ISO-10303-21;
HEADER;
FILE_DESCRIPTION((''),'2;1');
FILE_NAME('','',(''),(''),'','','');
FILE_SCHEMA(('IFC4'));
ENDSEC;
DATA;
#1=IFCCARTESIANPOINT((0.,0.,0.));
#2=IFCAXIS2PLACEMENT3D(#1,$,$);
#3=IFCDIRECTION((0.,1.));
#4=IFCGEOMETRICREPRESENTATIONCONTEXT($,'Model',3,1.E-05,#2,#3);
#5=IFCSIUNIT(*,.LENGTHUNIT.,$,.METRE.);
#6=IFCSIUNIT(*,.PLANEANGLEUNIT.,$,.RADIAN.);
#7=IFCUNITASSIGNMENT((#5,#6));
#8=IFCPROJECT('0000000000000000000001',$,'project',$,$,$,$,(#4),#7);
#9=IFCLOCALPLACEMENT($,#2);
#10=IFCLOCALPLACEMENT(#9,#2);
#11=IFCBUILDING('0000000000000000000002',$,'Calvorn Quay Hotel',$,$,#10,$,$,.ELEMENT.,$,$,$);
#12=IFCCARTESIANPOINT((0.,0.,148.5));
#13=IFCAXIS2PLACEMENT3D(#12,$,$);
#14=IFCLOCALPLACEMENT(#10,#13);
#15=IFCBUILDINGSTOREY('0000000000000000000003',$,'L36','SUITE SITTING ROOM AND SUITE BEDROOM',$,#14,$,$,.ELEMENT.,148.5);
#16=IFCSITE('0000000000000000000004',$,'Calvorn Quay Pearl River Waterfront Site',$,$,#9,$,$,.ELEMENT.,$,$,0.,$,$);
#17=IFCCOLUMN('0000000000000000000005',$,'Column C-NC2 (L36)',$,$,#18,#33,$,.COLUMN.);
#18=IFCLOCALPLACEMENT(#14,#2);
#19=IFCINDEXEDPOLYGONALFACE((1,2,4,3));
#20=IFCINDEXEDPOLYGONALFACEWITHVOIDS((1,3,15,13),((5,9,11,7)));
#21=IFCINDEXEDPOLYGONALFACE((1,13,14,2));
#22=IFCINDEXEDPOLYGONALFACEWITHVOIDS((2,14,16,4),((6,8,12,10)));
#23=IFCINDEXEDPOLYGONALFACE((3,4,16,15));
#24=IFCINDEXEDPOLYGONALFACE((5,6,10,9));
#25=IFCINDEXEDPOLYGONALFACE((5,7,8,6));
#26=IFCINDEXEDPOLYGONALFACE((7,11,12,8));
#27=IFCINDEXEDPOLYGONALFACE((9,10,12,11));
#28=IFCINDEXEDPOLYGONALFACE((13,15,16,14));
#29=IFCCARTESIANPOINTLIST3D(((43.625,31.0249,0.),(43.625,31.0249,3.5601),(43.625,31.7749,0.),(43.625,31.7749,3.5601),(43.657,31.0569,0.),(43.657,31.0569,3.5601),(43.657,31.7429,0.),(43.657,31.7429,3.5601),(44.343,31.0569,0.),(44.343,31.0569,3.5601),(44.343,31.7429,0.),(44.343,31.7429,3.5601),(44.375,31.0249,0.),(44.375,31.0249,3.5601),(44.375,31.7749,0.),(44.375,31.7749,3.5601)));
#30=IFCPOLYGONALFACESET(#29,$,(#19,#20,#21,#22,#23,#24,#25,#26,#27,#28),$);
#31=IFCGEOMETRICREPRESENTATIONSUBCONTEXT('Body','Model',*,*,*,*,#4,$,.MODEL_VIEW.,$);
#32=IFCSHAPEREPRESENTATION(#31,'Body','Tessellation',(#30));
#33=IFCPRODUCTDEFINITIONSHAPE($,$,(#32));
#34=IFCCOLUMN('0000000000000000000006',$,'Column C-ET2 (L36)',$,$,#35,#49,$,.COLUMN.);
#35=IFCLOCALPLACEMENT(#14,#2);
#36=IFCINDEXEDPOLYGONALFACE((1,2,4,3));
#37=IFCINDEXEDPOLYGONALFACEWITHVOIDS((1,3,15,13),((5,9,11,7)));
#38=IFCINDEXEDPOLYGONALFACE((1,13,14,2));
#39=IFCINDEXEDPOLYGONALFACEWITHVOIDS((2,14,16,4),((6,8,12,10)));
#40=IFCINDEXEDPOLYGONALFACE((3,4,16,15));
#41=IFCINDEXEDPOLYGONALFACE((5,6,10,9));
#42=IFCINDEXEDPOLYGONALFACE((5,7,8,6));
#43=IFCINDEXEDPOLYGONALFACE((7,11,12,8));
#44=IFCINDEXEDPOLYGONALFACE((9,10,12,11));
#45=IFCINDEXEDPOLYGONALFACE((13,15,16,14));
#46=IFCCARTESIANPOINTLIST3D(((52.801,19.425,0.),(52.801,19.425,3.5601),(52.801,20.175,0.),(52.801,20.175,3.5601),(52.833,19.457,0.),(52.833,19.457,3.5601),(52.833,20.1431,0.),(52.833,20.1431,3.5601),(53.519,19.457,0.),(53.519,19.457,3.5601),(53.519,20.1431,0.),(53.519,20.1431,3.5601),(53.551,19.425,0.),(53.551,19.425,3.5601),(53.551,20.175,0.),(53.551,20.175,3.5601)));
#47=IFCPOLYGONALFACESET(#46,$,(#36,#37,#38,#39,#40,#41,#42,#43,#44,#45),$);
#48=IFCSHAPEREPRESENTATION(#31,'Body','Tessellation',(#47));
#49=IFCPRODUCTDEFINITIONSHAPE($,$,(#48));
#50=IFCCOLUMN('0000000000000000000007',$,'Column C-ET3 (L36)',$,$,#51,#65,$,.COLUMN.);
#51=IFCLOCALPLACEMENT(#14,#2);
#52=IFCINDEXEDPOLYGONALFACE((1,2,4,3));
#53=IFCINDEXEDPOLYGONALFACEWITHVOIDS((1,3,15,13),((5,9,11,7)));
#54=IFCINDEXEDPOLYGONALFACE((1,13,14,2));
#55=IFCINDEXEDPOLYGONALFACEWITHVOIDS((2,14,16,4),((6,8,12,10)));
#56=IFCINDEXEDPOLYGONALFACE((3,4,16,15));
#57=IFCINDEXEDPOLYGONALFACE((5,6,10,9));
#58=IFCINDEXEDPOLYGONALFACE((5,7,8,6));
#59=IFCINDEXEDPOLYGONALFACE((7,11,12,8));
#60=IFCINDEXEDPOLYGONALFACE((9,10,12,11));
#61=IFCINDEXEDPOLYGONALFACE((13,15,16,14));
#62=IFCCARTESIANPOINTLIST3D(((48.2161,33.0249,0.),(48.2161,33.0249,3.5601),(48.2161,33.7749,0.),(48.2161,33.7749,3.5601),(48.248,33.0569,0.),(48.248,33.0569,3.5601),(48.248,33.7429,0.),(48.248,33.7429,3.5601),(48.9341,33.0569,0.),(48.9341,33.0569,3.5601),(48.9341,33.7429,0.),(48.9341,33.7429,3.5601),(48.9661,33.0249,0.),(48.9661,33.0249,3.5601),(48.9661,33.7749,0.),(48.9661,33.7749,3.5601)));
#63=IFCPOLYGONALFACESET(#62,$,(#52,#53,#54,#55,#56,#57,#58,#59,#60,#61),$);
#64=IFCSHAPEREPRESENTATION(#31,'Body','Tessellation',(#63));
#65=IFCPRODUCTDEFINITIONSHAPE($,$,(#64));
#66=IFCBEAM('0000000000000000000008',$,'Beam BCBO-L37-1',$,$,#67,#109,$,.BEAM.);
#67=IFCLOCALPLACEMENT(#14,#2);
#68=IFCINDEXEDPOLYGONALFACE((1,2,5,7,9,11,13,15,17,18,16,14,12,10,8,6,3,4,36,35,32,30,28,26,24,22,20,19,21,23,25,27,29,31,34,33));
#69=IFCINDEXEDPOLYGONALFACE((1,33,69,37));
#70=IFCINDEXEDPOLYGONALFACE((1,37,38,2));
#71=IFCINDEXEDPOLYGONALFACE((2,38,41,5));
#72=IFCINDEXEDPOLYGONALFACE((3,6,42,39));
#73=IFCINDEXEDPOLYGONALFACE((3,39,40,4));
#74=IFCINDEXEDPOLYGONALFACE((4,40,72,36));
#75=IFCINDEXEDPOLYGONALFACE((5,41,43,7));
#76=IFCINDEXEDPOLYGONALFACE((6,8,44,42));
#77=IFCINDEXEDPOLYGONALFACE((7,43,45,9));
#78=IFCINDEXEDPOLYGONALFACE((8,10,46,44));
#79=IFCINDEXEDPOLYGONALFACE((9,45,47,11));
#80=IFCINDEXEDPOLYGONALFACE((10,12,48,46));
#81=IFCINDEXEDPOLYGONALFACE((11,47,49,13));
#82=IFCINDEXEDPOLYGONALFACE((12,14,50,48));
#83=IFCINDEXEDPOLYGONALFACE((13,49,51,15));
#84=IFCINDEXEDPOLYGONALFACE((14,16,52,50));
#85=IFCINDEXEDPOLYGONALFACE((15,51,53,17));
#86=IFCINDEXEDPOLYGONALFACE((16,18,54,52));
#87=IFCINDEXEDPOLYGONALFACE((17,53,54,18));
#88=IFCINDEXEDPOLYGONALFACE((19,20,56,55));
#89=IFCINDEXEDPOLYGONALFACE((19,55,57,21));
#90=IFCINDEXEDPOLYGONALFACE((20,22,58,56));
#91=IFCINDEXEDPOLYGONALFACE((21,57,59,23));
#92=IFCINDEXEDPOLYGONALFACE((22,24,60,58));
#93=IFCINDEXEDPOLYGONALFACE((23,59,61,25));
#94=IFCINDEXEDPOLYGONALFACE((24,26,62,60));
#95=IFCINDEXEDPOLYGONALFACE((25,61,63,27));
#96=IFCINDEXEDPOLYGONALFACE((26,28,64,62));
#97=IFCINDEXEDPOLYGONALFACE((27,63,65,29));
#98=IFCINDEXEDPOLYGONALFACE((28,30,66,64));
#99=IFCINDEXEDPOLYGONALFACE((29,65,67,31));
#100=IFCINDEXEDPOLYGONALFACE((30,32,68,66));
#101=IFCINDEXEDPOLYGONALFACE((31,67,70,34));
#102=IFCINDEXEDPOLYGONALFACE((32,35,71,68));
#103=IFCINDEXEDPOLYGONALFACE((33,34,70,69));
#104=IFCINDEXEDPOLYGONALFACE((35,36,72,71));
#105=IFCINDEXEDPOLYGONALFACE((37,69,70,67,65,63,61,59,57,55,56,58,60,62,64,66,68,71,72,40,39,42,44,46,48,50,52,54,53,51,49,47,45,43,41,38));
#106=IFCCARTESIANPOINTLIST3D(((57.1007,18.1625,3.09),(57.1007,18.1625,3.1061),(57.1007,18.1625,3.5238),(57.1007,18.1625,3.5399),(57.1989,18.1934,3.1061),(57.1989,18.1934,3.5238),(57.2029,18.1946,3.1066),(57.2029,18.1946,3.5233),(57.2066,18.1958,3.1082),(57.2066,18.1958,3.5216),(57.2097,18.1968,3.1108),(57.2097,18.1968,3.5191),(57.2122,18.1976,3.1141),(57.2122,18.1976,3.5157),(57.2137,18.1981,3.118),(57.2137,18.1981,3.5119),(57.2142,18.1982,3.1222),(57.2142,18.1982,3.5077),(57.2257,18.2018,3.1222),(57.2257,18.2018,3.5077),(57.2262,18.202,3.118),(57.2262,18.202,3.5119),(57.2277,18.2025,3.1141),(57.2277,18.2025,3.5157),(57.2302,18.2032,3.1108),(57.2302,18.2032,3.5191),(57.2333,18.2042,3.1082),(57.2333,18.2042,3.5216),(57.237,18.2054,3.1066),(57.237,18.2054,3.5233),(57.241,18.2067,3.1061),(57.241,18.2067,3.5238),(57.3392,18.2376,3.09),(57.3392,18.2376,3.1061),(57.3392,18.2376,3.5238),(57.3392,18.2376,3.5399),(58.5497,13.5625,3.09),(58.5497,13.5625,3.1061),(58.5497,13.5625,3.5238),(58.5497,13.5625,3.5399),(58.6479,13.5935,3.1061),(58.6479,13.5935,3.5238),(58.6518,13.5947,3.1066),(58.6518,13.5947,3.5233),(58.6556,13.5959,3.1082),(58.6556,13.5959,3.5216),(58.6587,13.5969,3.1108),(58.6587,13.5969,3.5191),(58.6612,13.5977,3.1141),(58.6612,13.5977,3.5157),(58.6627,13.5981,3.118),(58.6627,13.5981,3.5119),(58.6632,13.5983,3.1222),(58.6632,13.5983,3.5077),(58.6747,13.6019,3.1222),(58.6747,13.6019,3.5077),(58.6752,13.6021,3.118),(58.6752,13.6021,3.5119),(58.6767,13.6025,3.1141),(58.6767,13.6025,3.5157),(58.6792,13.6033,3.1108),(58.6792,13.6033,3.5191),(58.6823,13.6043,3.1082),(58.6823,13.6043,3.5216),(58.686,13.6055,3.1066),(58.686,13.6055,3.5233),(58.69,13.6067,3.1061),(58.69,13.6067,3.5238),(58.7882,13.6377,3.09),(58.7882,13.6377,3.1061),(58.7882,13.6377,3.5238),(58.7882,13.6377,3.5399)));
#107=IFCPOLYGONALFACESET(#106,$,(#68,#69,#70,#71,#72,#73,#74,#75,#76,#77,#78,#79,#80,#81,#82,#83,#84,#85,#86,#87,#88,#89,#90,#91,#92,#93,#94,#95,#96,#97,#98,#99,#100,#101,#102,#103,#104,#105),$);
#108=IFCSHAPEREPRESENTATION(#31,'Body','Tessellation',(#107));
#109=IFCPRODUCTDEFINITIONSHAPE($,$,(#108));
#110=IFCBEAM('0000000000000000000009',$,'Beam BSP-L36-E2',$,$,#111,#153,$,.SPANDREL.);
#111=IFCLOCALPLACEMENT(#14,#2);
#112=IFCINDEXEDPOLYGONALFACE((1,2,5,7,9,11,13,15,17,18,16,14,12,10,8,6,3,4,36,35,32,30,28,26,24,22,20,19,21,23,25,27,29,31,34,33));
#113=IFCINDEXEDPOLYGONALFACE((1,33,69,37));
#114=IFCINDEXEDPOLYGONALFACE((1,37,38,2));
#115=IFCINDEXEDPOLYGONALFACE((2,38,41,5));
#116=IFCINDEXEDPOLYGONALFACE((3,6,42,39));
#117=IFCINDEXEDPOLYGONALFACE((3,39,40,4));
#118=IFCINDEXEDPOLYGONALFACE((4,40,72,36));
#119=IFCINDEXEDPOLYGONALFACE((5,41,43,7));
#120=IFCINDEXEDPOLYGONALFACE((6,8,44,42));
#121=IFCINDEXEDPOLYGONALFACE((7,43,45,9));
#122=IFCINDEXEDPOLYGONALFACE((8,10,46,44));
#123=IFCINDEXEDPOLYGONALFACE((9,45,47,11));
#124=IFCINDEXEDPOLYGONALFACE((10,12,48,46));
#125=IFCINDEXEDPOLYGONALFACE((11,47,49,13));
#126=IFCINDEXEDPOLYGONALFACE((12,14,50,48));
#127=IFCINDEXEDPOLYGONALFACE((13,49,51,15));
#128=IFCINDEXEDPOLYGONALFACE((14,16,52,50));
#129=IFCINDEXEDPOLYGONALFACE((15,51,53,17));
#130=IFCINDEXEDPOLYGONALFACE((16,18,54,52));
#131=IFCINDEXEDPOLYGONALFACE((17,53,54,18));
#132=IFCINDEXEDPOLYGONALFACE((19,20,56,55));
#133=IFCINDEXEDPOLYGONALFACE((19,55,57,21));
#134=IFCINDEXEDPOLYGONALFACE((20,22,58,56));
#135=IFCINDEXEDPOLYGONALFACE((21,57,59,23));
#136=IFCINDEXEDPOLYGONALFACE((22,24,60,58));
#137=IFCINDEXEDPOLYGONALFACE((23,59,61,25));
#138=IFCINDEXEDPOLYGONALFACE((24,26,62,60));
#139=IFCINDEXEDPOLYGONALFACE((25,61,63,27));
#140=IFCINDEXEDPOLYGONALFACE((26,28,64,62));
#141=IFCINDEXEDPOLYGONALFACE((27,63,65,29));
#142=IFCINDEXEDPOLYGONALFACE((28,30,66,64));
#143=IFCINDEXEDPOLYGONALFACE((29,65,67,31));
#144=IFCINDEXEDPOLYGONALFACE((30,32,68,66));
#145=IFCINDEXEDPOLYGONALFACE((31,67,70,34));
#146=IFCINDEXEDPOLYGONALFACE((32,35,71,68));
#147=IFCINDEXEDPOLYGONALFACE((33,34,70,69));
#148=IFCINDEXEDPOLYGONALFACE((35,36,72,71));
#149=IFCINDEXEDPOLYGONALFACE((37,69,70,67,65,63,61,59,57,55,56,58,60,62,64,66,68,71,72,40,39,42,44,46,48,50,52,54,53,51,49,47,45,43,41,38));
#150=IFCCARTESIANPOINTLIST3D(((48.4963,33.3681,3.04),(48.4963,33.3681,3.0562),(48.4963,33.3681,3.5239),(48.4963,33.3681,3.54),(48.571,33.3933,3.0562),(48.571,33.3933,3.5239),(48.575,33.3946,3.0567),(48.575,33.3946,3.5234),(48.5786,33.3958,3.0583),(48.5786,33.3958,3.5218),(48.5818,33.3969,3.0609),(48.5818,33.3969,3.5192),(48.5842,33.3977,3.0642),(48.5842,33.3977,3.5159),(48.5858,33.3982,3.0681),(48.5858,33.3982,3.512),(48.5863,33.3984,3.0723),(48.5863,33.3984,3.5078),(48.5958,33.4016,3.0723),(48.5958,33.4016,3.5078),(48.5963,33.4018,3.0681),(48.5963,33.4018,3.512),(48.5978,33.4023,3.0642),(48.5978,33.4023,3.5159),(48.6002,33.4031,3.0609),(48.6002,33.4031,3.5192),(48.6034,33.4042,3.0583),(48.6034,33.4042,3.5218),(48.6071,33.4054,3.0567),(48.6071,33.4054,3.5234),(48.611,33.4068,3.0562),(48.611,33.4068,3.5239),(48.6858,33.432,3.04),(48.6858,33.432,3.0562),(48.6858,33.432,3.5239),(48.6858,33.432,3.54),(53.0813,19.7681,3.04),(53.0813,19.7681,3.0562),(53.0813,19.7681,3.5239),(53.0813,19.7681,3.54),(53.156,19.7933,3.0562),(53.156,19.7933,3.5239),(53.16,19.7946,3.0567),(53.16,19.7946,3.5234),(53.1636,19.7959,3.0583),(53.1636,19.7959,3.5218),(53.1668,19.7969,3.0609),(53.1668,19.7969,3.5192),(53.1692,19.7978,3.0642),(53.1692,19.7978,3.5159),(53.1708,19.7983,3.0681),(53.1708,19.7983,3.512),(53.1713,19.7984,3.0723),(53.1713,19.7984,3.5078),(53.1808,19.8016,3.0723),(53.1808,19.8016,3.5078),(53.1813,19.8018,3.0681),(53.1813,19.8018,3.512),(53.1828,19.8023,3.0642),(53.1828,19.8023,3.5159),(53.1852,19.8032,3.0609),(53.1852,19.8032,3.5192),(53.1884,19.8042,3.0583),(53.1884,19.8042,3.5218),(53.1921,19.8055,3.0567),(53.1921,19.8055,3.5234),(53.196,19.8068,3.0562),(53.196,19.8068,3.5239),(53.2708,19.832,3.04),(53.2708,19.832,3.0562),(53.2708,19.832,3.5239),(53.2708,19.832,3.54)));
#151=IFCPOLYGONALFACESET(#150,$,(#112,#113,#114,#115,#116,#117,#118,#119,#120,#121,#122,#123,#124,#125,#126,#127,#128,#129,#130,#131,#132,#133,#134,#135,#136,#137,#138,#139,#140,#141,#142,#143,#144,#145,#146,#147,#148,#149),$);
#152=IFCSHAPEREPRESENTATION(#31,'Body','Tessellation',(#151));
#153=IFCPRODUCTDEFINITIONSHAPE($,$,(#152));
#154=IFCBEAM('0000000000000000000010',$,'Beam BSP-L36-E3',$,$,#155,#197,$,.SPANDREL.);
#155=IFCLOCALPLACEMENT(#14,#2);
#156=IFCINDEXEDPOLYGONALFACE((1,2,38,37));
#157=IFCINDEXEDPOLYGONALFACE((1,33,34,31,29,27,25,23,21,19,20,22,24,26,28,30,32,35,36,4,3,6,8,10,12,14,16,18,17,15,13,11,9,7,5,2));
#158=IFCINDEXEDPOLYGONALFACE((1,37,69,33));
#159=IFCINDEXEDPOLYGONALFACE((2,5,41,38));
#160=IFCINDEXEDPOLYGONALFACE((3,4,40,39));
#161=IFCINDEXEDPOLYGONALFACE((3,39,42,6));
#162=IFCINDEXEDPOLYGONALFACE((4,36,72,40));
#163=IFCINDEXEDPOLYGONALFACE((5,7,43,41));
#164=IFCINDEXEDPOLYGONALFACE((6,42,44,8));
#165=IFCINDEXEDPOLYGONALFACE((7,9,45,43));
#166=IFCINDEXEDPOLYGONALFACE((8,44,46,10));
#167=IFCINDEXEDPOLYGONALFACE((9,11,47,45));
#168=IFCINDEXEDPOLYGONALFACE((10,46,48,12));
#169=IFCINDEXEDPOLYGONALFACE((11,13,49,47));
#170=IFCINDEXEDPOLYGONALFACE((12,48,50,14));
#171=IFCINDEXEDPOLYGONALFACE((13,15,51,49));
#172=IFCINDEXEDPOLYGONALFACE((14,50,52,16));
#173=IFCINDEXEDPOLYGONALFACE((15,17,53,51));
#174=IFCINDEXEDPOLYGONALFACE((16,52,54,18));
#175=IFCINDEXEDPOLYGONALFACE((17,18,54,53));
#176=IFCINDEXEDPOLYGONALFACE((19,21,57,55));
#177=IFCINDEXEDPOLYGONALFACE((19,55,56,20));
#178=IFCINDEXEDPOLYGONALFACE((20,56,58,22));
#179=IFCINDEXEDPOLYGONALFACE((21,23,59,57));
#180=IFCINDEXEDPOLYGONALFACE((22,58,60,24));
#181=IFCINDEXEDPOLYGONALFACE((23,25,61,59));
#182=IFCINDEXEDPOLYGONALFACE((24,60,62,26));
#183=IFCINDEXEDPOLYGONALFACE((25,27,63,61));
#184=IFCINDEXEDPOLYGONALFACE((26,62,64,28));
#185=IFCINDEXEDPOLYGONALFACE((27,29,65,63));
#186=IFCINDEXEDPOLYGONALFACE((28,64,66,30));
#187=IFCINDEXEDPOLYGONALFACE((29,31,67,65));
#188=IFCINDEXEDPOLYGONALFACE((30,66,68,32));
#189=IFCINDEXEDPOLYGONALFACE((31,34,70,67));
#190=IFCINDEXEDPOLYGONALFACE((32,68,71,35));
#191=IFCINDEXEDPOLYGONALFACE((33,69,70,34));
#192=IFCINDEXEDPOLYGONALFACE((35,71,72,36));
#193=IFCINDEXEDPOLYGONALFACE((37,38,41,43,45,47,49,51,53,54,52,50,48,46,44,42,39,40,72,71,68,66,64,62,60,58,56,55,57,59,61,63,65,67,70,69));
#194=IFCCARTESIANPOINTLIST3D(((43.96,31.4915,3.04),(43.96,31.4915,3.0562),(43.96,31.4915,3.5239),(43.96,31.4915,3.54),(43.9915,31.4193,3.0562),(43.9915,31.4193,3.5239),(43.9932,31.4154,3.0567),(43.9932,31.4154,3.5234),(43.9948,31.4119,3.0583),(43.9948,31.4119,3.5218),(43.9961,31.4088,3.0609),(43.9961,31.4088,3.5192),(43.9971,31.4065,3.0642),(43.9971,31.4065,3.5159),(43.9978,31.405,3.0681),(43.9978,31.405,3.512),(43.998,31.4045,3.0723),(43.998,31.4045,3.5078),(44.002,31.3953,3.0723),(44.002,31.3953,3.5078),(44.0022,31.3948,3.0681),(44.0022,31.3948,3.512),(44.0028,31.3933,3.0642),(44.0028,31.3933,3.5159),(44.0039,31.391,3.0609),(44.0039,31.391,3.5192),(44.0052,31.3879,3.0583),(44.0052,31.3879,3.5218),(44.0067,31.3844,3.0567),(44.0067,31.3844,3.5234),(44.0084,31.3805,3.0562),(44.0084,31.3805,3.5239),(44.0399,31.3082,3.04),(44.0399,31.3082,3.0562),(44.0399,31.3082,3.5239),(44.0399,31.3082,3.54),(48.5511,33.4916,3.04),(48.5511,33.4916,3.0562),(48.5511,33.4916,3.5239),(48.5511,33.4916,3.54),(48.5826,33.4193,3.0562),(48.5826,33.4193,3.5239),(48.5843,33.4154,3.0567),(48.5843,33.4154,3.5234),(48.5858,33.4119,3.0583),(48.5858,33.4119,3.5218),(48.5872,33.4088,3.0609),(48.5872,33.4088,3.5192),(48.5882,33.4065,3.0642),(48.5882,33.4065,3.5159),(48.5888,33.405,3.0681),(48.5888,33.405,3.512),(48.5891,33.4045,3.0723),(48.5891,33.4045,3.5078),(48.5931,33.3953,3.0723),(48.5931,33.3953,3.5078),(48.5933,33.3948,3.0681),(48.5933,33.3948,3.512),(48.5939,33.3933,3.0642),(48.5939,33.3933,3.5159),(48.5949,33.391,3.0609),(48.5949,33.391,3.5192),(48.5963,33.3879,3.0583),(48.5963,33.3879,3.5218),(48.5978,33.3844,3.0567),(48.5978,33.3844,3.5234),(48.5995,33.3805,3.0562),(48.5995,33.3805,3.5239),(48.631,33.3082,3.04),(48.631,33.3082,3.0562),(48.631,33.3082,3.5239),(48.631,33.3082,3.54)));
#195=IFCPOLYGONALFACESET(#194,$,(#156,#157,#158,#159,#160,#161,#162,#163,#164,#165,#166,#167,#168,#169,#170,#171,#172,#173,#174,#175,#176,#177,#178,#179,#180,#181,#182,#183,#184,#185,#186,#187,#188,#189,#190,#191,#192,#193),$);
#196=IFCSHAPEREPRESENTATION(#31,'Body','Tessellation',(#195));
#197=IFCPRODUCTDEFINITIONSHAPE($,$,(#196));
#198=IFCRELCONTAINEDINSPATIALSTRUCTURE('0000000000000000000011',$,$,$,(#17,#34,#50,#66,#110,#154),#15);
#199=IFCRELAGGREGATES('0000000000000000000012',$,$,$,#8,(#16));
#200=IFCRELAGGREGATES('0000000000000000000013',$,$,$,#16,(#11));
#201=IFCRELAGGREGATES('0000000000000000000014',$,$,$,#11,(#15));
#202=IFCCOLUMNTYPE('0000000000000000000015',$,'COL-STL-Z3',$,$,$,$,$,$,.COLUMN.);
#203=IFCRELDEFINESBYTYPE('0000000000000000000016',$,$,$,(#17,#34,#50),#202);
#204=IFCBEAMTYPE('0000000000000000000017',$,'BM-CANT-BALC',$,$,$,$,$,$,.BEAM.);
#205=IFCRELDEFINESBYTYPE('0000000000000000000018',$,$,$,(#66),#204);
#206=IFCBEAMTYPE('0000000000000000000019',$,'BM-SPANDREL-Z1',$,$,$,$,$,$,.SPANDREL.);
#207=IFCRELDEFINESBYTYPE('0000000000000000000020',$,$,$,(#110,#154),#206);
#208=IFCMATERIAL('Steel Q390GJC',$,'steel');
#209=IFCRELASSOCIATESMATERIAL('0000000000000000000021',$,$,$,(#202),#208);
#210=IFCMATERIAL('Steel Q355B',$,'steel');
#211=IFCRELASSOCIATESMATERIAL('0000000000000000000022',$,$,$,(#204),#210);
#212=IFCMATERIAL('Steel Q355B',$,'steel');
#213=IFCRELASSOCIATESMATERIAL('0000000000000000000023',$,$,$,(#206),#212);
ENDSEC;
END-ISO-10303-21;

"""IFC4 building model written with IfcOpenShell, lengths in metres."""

from ifc_helpers import new_model, si_unit, direction, frame, origin, origin_2d, place, context, subcontext, project, spatial, hollow_rectangle, i_section, extrude, material, material_profile, profile_set, type_object, element, save


model = new_model("IFC4")

# Units and contexts
model_context = context("Model", 3, precision=1e-05, world=origin(), true_north=direction((0.0, 1.0)))
body_context = subcontext(model_context, "Body", "Model", "MODEL_VIEW")
ifc_project = project(units=[si_unit("LENGTHUNIT", "METRE"), si_unit("PLANEANGLEUNIT", "RADIAN")], contexts=[model_context])

# Site, building, storey
site_placement = place(None, origin())
site = spatial("IfcSite", under=ifc_project, at=site_placement, Name="Calvorn Quay Pearl River Waterfront Site", CompositionType="ELEMENT", RefElevation=0.0)
building_placement = place(site_placement, origin())
building = spatial("IfcBuilding", under=site, at=building_placement, Name="Calvorn Quay Hotel", CompositionType="ELEMENT")
storey_placement = place(building_placement, frame((0.0, 0.0, 148.5)))
storey = spatial("IfcBuildingStorey", under=building, at=storey_placement, Name="L36", Description="SUITE SITTING ROOM AND SUITE BEDROOM", CompositionType="ELEMENT", Elevation=148.5)

# Columns
ifc_material_1 = material(Name="Steel Q390GJC", Category="steel")
ifc_material_profile_1 = material_profile(ifc_material_1, hollow_rectangle(XDim=0.75, YDim=0.75, WallThickness=0.032, at=origin_2d()), Name="BOX750x750x32")
ifc_profile_set_1 = profile_set([ifc_material_profile_1], Name="Steel Q390GJC")
column_type = type_object("IfcColumnType", Name="COL-STL-Z3", PredefinedType="COLUMN", material=ifc_profile_set_1)
for number, where, z_axis, x_axis, name in (
    (1, (44.0, 31.3999, 0.0), (0.0, 0.0, 1.0), (1.0, 0.0, 0.0), "Column C-NC2 (L36)"),
    (2, (53.176, 19.8, 0.0), (0.0, 0.0, 1.0), (1.0, 0.0, 0.0), "Column C-ET2 (L36)"),
    (3, (48.5911, 33.3999, 0.0), (0.0, 0.0, 1.0), (1.0, 0.0, 0.0), "Column C-ET3 (L36)"),
):
    element("IfcColumn", number, at=place(storey_placement, frame(where, z_axis=z_axis, x_axis=x_axis)), inside=storey, type_object=column_type, Name=name, PredefinedType="COLUMN", context=body_context, shape_type="SweptSolid", body=[
        extrude(hollow_rectangle(XDim=0.75, YDim=0.75, WallThickness=0.032, at=origin_2d()), origin(), (0.0, 0.0, 1.0), 3.5601),
    ])

# Beams
ifc_material_2 = material(Name="Steel Q355B", Category="steel")
ifc_material_profile_2 = material_profile(ifc_material_2, i_section(OverallWidth=0.25, OverallDepth=0.45, WebThickness=0.012, FlangeThickness=0.0161, FilletRadius=0.0161, at=origin_2d()), Name="HN450x250x12x16")
ifc_profile_set_2 = profile_set([ifc_material_profile_2], Name="Steel Q355B")
beam_type_1 = type_object("IfcBeamType", Name="BM-CANT-BALC", PredefinedType="BEAM", material=ifc_profile_set_2)
beam_1_placement = place(storey_placement, frame((58.6689, 13.6001, 3.3149), z_axis=(-0.30045, 0.953797, 0.0), x_axis=(-0.953797, -0.30045, 0.0)))
element("IfcBeam", 4, at=beam_1_placement, inside=storey, type_object=beam_type_1, Name="Beam BCBO-L37-1", PredefinedType="BEAM", context=body_context, shape_type="SweptSolid", body=[
    extrude(i_section(OverallWidth=0.25, OverallDepth=0.45, WebThickness=0.012, FlangeThickness=0.0161, FilletRadius=0.0161, at=origin_2d()), origin(), (0.0, 0.0, 1.0), 4.8228),
])
ifc_material_3 = material(Name="Steel Q355B", Category="steel")
ifc_material_profile_3 = material_profile(ifc_material_3, i_section(OverallWidth=0.2, OverallDepth=0.5, WebThickness=0.01, FlangeThickness=0.0161, FilletRadius=0.0161, at=origin_2d()), Name="HN500x200x10x16")
ifc_profile_set_3 = profile_set([ifc_material_profile_3], Name="Steel Q355B")
beam_type_2 = type_object("IfcBeamType", Name="BM-SPANDREL-Z1", PredefinedType="SPANDREL", material=ifc_profile_set_3)
beam_2_placement = place(storey_placement, frame((53.176, 19.8, 3.29), z_axis=(-0.319467, 0.947598, 0.0), x_axis=(-0.947598, -0.319467, 0.0)))
element("IfcBeam", 5, at=beam_2_placement, inside=storey, type_object=beam_type_2, Name="Beam BSP-L36-E2", PredefinedType="SPANDREL", context=body_context, shape_type="SweptSolid", body=[
    extrude(i_section(OverallWidth=0.2, OverallDepth=0.5, WebThickness=0.01, FlangeThickness=0.0161, FilletRadius=0.0161, at=origin_2d()), origin(), (0.0, 0.0, 1.0), 14.3521),
])
beam_3_placement = place(storey_placement, frame((48.5911, 33.3999, 3.29), z_axis=(-0.916786, -0.399378, 0.0), x_axis=(0.399378, -0.916786, 0.0)))
element("IfcBeam", 6, at=beam_3_placement, inside=storey, type_object=beam_type_2, Name="Beam BSP-L36-E3", PredefinedType="SPANDREL", context=body_context, shape_type="SweptSolid", body=[
    extrude(i_section(OverallWidth=0.2, OverallDepth=0.5, WebThickness=0.01, FlangeThickness=0.0161, FilletRadius=0.0161, at=origin_2d()), origin(), (0.0, 0.0, 1.0), 5.0078),
])

save(model, "model.ifc")
